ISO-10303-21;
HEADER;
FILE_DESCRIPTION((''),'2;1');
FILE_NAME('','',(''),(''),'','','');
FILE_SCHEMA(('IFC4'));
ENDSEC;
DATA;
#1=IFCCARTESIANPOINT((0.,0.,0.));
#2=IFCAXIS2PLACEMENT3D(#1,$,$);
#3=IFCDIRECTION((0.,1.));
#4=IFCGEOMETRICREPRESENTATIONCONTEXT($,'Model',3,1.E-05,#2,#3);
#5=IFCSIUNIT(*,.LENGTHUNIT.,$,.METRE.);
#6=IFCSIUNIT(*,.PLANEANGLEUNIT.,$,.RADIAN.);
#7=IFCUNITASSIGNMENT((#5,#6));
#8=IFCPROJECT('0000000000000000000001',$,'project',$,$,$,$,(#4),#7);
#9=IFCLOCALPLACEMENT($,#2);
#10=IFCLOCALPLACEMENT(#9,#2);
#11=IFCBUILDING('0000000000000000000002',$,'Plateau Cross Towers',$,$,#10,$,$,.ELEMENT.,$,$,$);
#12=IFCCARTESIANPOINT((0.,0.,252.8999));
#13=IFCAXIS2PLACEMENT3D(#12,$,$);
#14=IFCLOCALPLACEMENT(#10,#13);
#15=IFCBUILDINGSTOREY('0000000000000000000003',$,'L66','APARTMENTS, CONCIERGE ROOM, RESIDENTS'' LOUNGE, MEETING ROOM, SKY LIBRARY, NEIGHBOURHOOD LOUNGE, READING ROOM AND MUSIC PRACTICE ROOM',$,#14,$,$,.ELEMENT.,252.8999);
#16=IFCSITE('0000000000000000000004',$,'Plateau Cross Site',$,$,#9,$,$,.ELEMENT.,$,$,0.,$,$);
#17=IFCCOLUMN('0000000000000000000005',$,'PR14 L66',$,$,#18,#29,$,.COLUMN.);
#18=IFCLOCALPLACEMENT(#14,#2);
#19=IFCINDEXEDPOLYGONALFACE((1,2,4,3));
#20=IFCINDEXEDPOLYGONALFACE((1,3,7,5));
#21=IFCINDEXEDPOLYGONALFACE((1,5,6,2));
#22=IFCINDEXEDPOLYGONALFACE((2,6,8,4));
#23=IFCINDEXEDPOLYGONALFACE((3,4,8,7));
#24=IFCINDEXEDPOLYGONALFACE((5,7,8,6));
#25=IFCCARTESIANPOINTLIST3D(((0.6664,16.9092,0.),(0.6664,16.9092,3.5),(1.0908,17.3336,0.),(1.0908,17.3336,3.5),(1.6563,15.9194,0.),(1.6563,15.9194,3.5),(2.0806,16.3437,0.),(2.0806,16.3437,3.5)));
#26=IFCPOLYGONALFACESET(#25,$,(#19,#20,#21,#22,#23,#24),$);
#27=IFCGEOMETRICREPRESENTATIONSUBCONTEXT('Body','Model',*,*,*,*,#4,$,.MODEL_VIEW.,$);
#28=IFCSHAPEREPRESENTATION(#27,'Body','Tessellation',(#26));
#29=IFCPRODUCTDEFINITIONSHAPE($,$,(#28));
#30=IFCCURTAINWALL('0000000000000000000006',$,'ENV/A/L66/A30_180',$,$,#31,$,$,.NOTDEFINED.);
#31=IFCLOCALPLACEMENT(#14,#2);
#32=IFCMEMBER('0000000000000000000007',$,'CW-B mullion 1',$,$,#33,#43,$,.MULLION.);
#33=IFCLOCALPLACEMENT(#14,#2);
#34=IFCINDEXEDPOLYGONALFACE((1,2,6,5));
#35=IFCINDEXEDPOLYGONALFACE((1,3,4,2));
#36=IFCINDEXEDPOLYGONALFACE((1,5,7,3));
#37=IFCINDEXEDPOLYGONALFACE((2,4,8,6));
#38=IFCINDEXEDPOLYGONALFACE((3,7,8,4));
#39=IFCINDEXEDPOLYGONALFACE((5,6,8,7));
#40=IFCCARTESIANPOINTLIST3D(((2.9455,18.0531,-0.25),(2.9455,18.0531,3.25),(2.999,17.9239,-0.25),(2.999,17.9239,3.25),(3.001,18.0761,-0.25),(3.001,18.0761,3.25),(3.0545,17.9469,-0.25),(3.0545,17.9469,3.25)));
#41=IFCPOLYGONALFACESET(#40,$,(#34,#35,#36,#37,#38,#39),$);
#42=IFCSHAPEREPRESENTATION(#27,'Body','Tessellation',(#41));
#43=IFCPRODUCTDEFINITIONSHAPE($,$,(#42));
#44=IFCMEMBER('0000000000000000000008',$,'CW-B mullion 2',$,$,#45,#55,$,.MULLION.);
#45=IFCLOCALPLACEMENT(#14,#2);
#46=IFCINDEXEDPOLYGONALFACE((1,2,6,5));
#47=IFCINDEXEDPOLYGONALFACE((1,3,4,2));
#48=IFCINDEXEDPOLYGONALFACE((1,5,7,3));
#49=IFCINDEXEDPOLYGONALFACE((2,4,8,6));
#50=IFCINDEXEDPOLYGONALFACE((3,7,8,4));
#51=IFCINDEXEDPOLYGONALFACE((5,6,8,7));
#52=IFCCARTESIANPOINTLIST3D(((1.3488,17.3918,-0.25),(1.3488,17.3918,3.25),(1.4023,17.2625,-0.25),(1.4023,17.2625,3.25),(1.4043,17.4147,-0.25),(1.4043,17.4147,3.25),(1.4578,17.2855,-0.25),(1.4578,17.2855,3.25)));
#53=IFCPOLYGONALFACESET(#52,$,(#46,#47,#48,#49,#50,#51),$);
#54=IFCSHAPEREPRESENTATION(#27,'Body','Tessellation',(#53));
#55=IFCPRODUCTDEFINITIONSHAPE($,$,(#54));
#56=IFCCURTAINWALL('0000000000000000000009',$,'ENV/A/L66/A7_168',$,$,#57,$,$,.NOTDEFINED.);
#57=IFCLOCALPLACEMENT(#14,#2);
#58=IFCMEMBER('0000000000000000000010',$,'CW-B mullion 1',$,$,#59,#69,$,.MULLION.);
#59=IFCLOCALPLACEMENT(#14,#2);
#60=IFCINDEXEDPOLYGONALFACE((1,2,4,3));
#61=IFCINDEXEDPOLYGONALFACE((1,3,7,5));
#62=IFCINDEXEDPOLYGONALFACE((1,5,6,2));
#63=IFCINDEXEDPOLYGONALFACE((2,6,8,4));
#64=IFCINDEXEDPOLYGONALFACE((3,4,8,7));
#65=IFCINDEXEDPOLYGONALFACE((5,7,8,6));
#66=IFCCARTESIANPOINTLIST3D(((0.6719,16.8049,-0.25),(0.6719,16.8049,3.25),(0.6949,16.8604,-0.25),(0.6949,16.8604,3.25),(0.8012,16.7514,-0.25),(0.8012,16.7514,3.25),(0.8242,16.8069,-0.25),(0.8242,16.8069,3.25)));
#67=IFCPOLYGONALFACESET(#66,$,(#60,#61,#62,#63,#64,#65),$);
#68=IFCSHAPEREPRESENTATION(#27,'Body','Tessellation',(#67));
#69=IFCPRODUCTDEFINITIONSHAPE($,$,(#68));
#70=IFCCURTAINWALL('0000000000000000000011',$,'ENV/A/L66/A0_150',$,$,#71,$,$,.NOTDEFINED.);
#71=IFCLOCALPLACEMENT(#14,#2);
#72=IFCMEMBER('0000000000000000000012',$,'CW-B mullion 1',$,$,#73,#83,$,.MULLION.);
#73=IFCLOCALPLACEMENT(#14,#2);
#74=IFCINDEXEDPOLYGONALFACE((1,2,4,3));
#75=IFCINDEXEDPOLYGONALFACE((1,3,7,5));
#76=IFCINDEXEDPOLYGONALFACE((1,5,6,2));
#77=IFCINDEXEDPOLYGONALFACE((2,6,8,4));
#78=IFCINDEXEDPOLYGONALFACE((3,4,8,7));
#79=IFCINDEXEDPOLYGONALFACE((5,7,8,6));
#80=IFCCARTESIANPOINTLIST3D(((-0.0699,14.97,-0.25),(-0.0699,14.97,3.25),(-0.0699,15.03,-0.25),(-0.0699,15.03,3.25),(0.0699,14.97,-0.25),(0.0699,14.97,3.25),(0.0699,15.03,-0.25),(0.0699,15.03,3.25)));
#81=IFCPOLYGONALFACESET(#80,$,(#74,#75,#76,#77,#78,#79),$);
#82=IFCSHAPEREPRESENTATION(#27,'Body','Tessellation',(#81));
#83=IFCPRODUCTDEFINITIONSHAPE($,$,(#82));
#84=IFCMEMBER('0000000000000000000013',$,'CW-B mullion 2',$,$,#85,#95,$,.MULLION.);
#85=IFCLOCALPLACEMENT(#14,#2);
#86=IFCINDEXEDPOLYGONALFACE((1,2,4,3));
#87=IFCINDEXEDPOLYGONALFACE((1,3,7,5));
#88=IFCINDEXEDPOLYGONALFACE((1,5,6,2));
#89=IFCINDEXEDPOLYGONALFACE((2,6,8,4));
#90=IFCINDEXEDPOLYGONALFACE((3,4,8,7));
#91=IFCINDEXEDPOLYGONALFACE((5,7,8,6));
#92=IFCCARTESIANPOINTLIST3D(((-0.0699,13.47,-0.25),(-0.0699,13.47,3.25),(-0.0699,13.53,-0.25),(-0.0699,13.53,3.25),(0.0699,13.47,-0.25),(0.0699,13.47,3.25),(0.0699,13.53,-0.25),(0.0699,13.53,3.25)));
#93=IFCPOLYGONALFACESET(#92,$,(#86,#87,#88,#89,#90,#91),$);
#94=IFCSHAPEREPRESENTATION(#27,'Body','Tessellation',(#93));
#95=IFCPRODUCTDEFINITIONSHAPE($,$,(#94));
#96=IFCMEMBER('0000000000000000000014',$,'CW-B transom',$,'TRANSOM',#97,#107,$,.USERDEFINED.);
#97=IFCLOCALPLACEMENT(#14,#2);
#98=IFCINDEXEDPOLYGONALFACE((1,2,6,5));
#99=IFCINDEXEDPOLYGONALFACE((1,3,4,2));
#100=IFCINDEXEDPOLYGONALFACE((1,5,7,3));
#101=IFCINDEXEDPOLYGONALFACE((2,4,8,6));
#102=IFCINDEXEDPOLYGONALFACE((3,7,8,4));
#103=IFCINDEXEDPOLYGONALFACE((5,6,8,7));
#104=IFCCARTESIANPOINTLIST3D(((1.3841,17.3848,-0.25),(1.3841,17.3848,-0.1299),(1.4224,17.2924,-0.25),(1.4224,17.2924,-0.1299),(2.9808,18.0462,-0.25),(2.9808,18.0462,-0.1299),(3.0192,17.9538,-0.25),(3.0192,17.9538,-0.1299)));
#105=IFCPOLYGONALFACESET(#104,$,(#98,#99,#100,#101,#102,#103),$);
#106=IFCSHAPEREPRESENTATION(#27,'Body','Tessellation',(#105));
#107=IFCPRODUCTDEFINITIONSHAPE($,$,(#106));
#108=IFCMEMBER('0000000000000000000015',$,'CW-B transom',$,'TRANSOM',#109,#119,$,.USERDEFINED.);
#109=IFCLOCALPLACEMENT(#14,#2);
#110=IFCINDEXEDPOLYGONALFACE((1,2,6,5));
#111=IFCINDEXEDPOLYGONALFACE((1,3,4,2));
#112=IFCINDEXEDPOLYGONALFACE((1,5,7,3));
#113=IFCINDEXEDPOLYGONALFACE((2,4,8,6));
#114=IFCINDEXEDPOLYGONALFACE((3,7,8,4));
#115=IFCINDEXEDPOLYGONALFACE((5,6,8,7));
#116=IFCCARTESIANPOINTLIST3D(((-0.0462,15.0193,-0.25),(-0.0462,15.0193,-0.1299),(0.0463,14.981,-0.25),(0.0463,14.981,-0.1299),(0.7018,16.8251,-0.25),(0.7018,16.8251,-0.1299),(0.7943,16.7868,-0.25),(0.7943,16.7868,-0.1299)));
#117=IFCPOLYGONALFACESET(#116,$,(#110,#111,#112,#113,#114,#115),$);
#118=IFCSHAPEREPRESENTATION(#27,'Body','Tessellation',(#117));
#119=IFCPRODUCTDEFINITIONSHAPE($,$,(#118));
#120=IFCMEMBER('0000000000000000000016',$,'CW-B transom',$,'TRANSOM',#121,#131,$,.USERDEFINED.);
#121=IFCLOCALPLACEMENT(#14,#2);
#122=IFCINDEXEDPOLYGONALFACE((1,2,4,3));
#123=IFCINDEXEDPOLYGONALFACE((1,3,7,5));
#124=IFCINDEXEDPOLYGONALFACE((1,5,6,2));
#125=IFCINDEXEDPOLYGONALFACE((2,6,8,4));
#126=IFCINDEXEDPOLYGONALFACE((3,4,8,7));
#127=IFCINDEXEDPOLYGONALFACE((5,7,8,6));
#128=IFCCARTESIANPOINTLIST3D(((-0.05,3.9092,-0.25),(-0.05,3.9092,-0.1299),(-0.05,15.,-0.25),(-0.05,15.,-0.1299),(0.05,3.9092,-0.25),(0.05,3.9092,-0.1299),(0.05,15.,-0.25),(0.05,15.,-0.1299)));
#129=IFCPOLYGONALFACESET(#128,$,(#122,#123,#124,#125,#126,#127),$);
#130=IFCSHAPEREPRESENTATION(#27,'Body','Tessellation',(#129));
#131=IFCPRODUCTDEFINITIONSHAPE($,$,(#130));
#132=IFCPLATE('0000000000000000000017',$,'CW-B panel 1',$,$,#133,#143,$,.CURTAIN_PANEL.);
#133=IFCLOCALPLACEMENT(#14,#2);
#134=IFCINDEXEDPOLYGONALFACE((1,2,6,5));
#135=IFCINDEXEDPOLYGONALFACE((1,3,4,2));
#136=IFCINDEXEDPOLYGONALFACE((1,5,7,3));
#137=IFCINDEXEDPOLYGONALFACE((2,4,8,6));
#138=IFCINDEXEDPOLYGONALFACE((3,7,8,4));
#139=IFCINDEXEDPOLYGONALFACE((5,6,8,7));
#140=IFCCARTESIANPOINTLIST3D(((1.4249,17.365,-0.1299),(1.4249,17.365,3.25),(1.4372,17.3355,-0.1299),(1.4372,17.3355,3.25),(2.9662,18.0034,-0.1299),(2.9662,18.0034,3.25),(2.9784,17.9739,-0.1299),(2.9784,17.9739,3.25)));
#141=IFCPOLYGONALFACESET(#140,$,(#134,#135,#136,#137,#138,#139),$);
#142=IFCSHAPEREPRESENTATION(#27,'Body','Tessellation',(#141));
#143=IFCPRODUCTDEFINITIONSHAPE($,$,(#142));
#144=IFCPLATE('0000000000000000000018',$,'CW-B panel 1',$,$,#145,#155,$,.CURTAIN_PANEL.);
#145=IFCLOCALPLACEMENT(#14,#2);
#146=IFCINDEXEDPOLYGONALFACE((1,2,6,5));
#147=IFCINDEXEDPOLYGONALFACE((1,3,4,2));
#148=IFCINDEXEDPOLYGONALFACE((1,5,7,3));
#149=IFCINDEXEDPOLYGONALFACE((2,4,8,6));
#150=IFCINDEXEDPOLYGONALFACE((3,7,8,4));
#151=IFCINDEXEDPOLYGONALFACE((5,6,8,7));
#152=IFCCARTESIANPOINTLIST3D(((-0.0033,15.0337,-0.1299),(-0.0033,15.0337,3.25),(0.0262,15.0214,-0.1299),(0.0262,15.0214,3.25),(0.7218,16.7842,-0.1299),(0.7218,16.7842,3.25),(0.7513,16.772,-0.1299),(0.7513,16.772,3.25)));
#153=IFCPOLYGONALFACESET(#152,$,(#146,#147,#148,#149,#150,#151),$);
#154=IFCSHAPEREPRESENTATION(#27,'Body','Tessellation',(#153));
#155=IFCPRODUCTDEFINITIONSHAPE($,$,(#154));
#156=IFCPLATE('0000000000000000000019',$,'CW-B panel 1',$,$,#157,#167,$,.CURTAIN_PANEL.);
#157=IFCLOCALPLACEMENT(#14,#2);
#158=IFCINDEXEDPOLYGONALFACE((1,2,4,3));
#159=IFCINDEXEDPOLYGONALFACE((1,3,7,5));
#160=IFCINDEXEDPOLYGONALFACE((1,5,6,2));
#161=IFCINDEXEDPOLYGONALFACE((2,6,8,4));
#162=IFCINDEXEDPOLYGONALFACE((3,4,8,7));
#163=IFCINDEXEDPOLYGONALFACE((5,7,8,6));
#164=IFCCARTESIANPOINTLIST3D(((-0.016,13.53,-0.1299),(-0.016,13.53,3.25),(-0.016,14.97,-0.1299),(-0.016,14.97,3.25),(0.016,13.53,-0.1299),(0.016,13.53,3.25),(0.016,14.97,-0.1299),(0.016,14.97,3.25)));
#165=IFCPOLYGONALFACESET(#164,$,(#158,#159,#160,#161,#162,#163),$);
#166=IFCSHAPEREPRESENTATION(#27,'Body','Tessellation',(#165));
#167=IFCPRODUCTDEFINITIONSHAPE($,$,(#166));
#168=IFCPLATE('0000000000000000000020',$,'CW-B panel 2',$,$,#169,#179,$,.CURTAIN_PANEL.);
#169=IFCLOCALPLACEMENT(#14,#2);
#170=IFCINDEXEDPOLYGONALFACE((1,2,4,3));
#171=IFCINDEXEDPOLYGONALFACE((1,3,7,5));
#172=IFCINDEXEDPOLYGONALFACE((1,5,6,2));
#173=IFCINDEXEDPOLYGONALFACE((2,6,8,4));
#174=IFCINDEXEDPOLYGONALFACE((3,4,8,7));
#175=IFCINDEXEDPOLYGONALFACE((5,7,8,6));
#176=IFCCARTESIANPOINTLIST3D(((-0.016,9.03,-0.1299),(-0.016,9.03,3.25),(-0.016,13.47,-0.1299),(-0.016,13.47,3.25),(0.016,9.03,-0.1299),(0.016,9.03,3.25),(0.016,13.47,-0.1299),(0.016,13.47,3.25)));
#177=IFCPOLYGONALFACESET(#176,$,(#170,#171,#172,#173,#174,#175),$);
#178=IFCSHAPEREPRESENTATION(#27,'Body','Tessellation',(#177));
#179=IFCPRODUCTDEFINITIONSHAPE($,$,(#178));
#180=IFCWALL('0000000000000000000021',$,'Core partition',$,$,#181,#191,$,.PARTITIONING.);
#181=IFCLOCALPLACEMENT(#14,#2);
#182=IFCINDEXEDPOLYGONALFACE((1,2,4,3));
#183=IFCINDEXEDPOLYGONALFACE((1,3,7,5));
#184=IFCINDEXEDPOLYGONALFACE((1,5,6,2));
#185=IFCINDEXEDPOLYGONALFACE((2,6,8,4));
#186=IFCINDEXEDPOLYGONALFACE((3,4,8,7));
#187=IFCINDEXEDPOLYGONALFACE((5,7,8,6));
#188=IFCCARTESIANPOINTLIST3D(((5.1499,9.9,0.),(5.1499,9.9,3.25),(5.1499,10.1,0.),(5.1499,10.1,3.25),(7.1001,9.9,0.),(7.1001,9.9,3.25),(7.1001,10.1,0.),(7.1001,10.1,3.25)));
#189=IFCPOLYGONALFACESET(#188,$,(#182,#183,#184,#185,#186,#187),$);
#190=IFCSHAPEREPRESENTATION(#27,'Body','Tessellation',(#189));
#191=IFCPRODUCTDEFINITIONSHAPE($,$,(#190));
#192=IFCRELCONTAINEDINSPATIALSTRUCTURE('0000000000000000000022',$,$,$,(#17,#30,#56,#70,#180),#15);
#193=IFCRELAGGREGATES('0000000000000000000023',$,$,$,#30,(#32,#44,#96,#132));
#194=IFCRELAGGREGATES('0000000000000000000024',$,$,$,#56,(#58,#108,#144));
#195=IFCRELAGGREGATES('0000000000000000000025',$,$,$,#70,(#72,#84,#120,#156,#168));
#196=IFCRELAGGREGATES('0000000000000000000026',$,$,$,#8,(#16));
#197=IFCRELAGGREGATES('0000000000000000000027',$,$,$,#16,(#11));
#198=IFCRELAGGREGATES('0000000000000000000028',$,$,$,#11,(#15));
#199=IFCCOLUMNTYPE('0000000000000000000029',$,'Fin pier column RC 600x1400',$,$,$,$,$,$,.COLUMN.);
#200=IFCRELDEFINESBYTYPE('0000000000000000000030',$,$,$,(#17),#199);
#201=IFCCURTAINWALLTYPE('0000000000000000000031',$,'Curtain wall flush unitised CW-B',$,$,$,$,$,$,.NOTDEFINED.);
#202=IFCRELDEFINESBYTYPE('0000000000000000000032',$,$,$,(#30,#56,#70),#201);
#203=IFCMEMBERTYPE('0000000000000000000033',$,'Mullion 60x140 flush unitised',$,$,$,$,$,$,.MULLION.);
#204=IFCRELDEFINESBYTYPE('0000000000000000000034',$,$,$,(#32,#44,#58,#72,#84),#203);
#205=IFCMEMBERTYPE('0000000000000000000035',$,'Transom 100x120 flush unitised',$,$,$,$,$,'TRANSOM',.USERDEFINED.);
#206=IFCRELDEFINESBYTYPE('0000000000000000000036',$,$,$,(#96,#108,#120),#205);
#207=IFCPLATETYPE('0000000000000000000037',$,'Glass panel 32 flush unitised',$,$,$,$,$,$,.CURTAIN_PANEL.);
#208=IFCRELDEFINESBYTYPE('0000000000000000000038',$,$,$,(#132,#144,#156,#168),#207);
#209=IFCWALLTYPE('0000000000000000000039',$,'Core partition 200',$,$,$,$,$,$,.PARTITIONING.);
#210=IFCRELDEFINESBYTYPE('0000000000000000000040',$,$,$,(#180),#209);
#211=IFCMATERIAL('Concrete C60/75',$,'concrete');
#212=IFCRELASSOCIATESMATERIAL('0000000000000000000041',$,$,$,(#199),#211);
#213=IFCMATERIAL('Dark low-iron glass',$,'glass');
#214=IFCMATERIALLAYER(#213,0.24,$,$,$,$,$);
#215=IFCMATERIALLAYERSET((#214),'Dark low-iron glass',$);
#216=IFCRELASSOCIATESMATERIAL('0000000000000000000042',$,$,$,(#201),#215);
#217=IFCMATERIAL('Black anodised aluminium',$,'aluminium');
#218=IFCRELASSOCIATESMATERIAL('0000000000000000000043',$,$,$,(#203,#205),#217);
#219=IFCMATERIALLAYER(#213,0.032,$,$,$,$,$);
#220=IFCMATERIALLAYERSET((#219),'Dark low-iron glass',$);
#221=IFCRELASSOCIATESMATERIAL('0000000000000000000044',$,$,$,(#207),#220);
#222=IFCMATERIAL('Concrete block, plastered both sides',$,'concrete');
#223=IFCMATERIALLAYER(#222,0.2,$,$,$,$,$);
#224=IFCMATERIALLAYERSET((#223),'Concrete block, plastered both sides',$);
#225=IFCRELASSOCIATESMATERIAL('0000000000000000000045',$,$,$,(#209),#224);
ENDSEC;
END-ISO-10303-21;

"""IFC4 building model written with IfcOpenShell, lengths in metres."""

from ifc_helpers import new_model, si_unit, direction, frame, frame_2d, origin, origin_2d, place, context, subcontext, project, spatial, rectangle, extrude, material, layer, layer_set, material_profile, profile_set, type_object, element, aggregate, save


model = new_model("IFC4")

# Units and contexts
model_context = context("Model", 3, precision=1e-05, world=origin(), true_north=direction((0.0, 1.0)))
body_context = subcontext(model_context, "Body", "Model", "MODEL_VIEW")
ifc_project = project(units=[si_unit("LENGTHUNIT", "METRE"), si_unit("PLANEANGLEUNIT", "RADIAN")], contexts=[model_context])

# Site, building, storey
site_placement = place(None, origin())
site = spatial("IfcSite", under=ifc_project, at=site_placement, Name="Plateau Cross Site", CompositionType="ELEMENT", RefElevation=0.0)
building_placement = place(site_placement, origin())
building = spatial("IfcBuilding", under=site, at=building_placement, Name="Plateau Cross Towers", CompositionType="ELEMENT")
storey_placement = place(building_placement, frame((0.0, 0.0, 252.8999)))
storey = spatial("IfcBuildingStorey", under=building, at=storey_placement, Name="L66", Description="APARTMENTS, CONCIERGE ROOM, RESIDENTS' LOUNGE, MEETING ROOM, SKY LIBRARY, NEIGHBOURHOOD LOUNGE, READING ROOM AND MUSIC PRACTICE ROOM", CompositionType="ELEMENT", Elevation=252.8999)

# Column
ifc_material_1 = material(Name="Concrete C60/75", Category="concrete")
ifc_material_profile_1 = material_profile(ifc_material_1, rectangle(XDim=0.6001, YDim=1.3999, at=origin_2d()), Name="RC 600x1400")
ifc_profile_set_1 = profile_set([ifc_material_profile_1], Name="Concrete C60/75")
column_type = type_object("IfcColumnType", Name="Fin pier column RC 600x1400", PredefinedType="COLUMN", material=ifc_profile_set_1)
column_placement = place(storey_placement, frame((1.3735, 16.6265, 0.0), z_axis=(0.0, 0.0, 1.0), x_axis=(0.707107, 0.707107, 0.0)))
element("IfcColumn", 1, at=column_placement, inside=storey, type_object=column_type, Name="PR14 L66", PredefinedType="COLUMN", context=body_context, shape_type="SweptSolid", body=[
    extrude(rectangle(XDim=0.6001, YDim=1.3999, at=origin_2d()), origin(), (0.0, 0.0, 1.0), 3.5),
])

# Curtain wall, members
ifc_material_2 = material(Name="Dark low-iron glass", Category="glass")
ifc_layer_1 = layer(ifc_material_2, 0.24)
ifc_layer_set_1 = layer_set([ifc_layer_1], Name="Dark low-iron glass")
curtain_wall_type = type_object("IfcCurtainWallType", Name="Curtain wall flush unitised CW-B", PredefinedType="NOTDEFINED", material=ifc_layer_set_1)
curtain_wall_1_placement = place(storey_placement, origin())
curtain_wall_1 = element("IfcCurtainWall", 2, at=curtain_wall_1_placement, inside=storey, type_object=curtain_wall_type, Name="ENV/A/L66/A30_180", PredefinedType="NOTDEFINED")
ifc_material_3 = material(Name="Black anodised aluminium", Category="aluminium")
ifc_material_profile_2 = material_profile(ifc_material_3, rectangle(XDim=0.0601, YDim=0.1399, at=origin_2d()), Name="MULLION 60x140")
ifc_profile_set_2 = profile_set([ifc_material_profile_2], Name="Black anodised aluminium")
member_type_1 = type_object("IfcMemberType", Name="Mullion 60x140 flush unitised", PredefinedType="MULLION", material=ifc_profile_set_2)
member_1_placement = place(storey_placement, frame((3.0, 18.0, -0.25), z_axis=(0.0, 0.0, 1.0), x_axis=(-0.923879, -0.382684, 0.0)))
member_1 = element("IfcMember", 3, at=member_1_placement, type_object=member_type_1, Name="CW-B mullion 1", PredefinedType="MULLION", context=body_context, shape_type="SweptSolid", body=[
    extrude(rectangle(XDim=0.0601, YDim=0.1399, at=origin_2d()), origin(), (0.0, 0.0, 1.0), 3.5),
])
member_2_placement = place(storey_placement, frame((1.4033, 17.3386, -0.25), z_axis=(0.0, 0.0, 1.0), x_axis=(-0.923879, -0.382684, 0.0)))
member_2 = element("IfcMember", 4, at=member_2_placement, type_object=member_type_1, Name="CW-B mullion 2", PredefinedType="MULLION", context=body_context, shape_type="SweptSolid", body=[
    extrude(rectangle(XDim=0.0601, YDim=0.1399, at=origin_2d()), origin(), (0.0, 0.0, 1.0), 3.5),
])

# Curtain wall, member
curtain_wall_2_placement = place(storey_placement, origin())
curtain_wall_2 = element("IfcCurtainWall", 5, at=curtain_wall_2_placement, inside=storey, type_object=curtain_wall_type, Name="ENV/A/L66/A7_168", PredefinedType="NOTDEFINED")
member_3_placement = place(storey_placement, frame((0.748, 16.8059, -0.25), z_axis=(0.0, 0.0, 1.0), x_axis=(-0.382684, -0.923879, 0.0)))
member_3 = element("IfcMember", 6, at=member_3_placement, type_object=member_type_1, Name="CW-B mullion 1", PredefinedType="MULLION", context=body_context, shape_type="SweptSolid", body=[
    extrude(rectangle(XDim=0.0601, YDim=0.1399, at=origin_2d()), origin(), (0.0, 0.0, 1.0), 3.5),
])

# Curtain wall, members
curtain_wall_3_placement = place(storey_placement, origin())
curtain_wall_3 = element("IfcCurtainWall", 7, at=curtain_wall_3_placement, inside=storey, type_object=curtain_wall_type, Name="ENV/A/L66/A0_150", PredefinedType="NOTDEFINED")
member_4_placement = place(storey_placement, frame((0.0, 15.0, -0.25), z_axis=(0.0, 0.0, 1.0), x_axis=(0.0, -1.0, 0.0)))
member_4 = element("IfcMember", 8, at=member_4_placement, type_object=member_type_1, Name="CW-B mullion 1", PredefinedType="MULLION", context=body_context, shape_type="SweptSolid", body=[
    extrude(rectangle(XDim=0.0601, YDim=0.1399, at=origin_2d()), origin(), (0.0, 0.0, 1.0), 3.5),
])
member_5_placement = place(storey_placement, frame((0.0, 13.5, -0.25), z_axis=(0.0, 0.0, 1.0), x_axis=(0.0, -1.0, 0.0)))
member_5 = element("IfcMember", 9, at=member_5_placement, type_object=member_type_1, Name="CW-B mullion 2", PredefinedType="MULLION", context=body_context, shape_type="SweptSolid", body=[
    extrude(rectangle(XDim=0.0601, YDim=0.1399, at=origin_2d()), origin(), (0.0, 0.0, 1.0), 3.5),
])

# Members
ifc_material_profile_3 = material_profile(ifc_material_3, rectangle(XDim=0.1001, YDim=0.1201, at=origin_2d()), Name="TRANSOM 100x120")
ifc_profile_set_3 = profile_set([ifc_material_profile_3], Name="Black anodised aluminium")
member_type_2 = type_object("IfcMemberType", Name="Transom 100x120 flush unitised", ElementType="TRANSOM", PredefinedType="USERDEFINED", material=ifc_profile_set_3)
member_6_placement = place(storey_placement, frame((3.0, 18.0, -0.1899), z_axis=(-0.923877, -0.382689, 0.0), x_axis=(0.382689, -0.923877, 0.0)))
member_6 = element("IfcMember", 10, at=member_6_placement, type_object=member_type_2, Name="CW-B transom", ObjectType="TRANSOM", PredefinedType="USERDEFINED", context=body_context, shape_type="SweptSolid", body=[
    extrude(rectangle(XDim=0.1001, YDim=0.1201, at=origin_2d()), origin(), (0.0, 0.0, 1.0), 1.7283),
])
member_7_placement = place(storey_placement, frame((0.748, 16.8059, -0.1899), z_axis=(-0.38269, -0.923877, 0.0), x_axis=(0.923877, -0.38269, 0.0)))
member_7 = element("IfcMember", 11, at=member_7_placement, type_object=member_type_2, Name="CW-B transom", ObjectType="TRANSOM", PredefinedType="USERDEFINED", context=body_context, shape_type="SweptSolid", body=[
    extrude(rectangle(XDim=0.1001, YDim=0.1201, at=origin_2d()), origin(), (0.0, 0.0, 1.0), 1.9546),
])
member_8_placement = place(storey_placement, frame((0.0, 15.0, -0.1899), z_axis=(0.0, -1.0, 0.0), x_axis=(1.0, 0.0, 0.0)))
member_8 = element("IfcMember", 12, at=member_8_placement, type_object=member_type_2, Name="CW-B transom", ObjectType="TRANSOM", PredefinedType="USERDEFINED", context=body_context, shape_type="SweptSolid", body=[
    extrude(rectangle(XDim=0.1001, YDim=0.1201, at=origin_2d()), origin(), (0.0, 0.0, 1.0), 11.0908),
])

# Plates
ifc_layer_2 = layer(ifc_material_2, 0.032)
ifc_layer_set_2 = layer_set([ifc_layer_2], Name="Dark low-iron glass")
plate_type = type_object("IfcPlateType", Name="Glass panel 32 flush unitised", PredefinedType="CURTAIN_PANEL", material=ifc_layer_set_2)
plate_1_placement = place(storey_placement, frame((2.2017, 17.6694, -0.1299), z_axis=(0.0, 0.0, 1.0), x_axis=(-0.923879, -0.382684, 0.0)))
plate_1 = element("IfcPlate", 13, at=plate_1_placement, type_object=plate_type, Name="CW-B panel 1", PredefinedType="CURTAIN_PANEL", context=body_context, shape_type="SweptSolid", body=[
    extrude(rectangle(XDim=1.6682, YDim=0.032, at=origin_2d()), origin(), (0.0, 0.0, 1.0), 3.3799),
])
aggregate(curtain_wall_1, [member_1, member_2, member_6, plate_1])
plate_2_placement = place(storey_placement, frame((0.374, 15.9028, -0.1299), z_axis=(0.0, 0.0, 1.0), x_axis=(-0.382684, -0.923879, 0.0)))
plate_2 = element("IfcPlate", 14, at=plate_2_placement, type_object=plate_type, Name="CW-B panel 1", PredefinedType="CURTAIN_PANEL", context=body_context, shape_type="SweptSolid", body=[
    extrude(rectangle(XDim=1.8948, YDim=0.032, at=origin_2d()), origin(), (0.0, 0.0, 1.0), 3.3799),
])
aggregate(curtain_wall_2, [member_3, member_7, plate_2])
plate_3_placement = place(storey_placement, frame((0.0, 14.25, -0.1299), z_axis=(0.0, 0.0, 1.0), x_axis=(0.0, -1.0, 0.0)))
plate_3 = element("IfcPlate", 15, at=plate_3_placement, type_object=plate_type, Name="CW-B panel 1", PredefinedType="CURTAIN_PANEL", context=body_context, shape_type="SweptSolid", body=[
    extrude(rectangle(XDim=1.4399, YDim=0.032, at=origin_2d()), origin(), (0.0, 0.0, 1.0), 3.3799),
])
plate_4_placement = place(storey_placement, frame((0.0, 11.25, -0.1299), z_axis=(0.0, 0.0, 1.0), x_axis=(0.0, -1.0, 0.0)))
plate_4 = element("IfcPlate", 16, at=plate_4_placement, type_object=plate_type, Name="CW-B panel 2", PredefinedType="CURTAIN_PANEL", context=body_context, shape_type="SweptSolid", body=[
    extrude(rectangle(XDim=4.4399, YDim=0.032, at=origin_2d()), origin(), (0.0, 0.0, 1.0), 3.3799),
])
aggregate(curtain_wall_3, [member_4, member_5, member_8, plate_3, plate_4])

# Wall
ifc_material_4 = material(Name="Concrete block, plastered both sides", Category="concrete")
ifc_layer_3 = layer(ifc_material_4, 0.2)
ifc_layer_set_3 = layer_set([ifc_layer_3], Name="Concrete block, plastered both sides")
wall_type_1 = type_object("IfcWallType", Name="Core partition 200", PredefinedType="PARTITIONING", material=ifc_layer_set_3)
wall_1_placement = place(storey_placement, frame((5.1499, 10.0, 0.0), z_axis=(0.0, 0.0, 1.0), x_axis=(1.0, 0.0, 0.0)))
element("IfcWall", 17, at=wall_1_placement, inside=storey, type_object=wall_type_1, Name="Core partition", PredefinedType="PARTITIONING", context=body_context, shape_type="SweptSolid", body=[
    extrude(rectangle(XDim=1.9502, YDim=0.2, at=frame_2d((0.9751, 0.0))), origin(), (0.0, 0.0, 1.0), 3.25),
])

save(model, "model.ifc")
